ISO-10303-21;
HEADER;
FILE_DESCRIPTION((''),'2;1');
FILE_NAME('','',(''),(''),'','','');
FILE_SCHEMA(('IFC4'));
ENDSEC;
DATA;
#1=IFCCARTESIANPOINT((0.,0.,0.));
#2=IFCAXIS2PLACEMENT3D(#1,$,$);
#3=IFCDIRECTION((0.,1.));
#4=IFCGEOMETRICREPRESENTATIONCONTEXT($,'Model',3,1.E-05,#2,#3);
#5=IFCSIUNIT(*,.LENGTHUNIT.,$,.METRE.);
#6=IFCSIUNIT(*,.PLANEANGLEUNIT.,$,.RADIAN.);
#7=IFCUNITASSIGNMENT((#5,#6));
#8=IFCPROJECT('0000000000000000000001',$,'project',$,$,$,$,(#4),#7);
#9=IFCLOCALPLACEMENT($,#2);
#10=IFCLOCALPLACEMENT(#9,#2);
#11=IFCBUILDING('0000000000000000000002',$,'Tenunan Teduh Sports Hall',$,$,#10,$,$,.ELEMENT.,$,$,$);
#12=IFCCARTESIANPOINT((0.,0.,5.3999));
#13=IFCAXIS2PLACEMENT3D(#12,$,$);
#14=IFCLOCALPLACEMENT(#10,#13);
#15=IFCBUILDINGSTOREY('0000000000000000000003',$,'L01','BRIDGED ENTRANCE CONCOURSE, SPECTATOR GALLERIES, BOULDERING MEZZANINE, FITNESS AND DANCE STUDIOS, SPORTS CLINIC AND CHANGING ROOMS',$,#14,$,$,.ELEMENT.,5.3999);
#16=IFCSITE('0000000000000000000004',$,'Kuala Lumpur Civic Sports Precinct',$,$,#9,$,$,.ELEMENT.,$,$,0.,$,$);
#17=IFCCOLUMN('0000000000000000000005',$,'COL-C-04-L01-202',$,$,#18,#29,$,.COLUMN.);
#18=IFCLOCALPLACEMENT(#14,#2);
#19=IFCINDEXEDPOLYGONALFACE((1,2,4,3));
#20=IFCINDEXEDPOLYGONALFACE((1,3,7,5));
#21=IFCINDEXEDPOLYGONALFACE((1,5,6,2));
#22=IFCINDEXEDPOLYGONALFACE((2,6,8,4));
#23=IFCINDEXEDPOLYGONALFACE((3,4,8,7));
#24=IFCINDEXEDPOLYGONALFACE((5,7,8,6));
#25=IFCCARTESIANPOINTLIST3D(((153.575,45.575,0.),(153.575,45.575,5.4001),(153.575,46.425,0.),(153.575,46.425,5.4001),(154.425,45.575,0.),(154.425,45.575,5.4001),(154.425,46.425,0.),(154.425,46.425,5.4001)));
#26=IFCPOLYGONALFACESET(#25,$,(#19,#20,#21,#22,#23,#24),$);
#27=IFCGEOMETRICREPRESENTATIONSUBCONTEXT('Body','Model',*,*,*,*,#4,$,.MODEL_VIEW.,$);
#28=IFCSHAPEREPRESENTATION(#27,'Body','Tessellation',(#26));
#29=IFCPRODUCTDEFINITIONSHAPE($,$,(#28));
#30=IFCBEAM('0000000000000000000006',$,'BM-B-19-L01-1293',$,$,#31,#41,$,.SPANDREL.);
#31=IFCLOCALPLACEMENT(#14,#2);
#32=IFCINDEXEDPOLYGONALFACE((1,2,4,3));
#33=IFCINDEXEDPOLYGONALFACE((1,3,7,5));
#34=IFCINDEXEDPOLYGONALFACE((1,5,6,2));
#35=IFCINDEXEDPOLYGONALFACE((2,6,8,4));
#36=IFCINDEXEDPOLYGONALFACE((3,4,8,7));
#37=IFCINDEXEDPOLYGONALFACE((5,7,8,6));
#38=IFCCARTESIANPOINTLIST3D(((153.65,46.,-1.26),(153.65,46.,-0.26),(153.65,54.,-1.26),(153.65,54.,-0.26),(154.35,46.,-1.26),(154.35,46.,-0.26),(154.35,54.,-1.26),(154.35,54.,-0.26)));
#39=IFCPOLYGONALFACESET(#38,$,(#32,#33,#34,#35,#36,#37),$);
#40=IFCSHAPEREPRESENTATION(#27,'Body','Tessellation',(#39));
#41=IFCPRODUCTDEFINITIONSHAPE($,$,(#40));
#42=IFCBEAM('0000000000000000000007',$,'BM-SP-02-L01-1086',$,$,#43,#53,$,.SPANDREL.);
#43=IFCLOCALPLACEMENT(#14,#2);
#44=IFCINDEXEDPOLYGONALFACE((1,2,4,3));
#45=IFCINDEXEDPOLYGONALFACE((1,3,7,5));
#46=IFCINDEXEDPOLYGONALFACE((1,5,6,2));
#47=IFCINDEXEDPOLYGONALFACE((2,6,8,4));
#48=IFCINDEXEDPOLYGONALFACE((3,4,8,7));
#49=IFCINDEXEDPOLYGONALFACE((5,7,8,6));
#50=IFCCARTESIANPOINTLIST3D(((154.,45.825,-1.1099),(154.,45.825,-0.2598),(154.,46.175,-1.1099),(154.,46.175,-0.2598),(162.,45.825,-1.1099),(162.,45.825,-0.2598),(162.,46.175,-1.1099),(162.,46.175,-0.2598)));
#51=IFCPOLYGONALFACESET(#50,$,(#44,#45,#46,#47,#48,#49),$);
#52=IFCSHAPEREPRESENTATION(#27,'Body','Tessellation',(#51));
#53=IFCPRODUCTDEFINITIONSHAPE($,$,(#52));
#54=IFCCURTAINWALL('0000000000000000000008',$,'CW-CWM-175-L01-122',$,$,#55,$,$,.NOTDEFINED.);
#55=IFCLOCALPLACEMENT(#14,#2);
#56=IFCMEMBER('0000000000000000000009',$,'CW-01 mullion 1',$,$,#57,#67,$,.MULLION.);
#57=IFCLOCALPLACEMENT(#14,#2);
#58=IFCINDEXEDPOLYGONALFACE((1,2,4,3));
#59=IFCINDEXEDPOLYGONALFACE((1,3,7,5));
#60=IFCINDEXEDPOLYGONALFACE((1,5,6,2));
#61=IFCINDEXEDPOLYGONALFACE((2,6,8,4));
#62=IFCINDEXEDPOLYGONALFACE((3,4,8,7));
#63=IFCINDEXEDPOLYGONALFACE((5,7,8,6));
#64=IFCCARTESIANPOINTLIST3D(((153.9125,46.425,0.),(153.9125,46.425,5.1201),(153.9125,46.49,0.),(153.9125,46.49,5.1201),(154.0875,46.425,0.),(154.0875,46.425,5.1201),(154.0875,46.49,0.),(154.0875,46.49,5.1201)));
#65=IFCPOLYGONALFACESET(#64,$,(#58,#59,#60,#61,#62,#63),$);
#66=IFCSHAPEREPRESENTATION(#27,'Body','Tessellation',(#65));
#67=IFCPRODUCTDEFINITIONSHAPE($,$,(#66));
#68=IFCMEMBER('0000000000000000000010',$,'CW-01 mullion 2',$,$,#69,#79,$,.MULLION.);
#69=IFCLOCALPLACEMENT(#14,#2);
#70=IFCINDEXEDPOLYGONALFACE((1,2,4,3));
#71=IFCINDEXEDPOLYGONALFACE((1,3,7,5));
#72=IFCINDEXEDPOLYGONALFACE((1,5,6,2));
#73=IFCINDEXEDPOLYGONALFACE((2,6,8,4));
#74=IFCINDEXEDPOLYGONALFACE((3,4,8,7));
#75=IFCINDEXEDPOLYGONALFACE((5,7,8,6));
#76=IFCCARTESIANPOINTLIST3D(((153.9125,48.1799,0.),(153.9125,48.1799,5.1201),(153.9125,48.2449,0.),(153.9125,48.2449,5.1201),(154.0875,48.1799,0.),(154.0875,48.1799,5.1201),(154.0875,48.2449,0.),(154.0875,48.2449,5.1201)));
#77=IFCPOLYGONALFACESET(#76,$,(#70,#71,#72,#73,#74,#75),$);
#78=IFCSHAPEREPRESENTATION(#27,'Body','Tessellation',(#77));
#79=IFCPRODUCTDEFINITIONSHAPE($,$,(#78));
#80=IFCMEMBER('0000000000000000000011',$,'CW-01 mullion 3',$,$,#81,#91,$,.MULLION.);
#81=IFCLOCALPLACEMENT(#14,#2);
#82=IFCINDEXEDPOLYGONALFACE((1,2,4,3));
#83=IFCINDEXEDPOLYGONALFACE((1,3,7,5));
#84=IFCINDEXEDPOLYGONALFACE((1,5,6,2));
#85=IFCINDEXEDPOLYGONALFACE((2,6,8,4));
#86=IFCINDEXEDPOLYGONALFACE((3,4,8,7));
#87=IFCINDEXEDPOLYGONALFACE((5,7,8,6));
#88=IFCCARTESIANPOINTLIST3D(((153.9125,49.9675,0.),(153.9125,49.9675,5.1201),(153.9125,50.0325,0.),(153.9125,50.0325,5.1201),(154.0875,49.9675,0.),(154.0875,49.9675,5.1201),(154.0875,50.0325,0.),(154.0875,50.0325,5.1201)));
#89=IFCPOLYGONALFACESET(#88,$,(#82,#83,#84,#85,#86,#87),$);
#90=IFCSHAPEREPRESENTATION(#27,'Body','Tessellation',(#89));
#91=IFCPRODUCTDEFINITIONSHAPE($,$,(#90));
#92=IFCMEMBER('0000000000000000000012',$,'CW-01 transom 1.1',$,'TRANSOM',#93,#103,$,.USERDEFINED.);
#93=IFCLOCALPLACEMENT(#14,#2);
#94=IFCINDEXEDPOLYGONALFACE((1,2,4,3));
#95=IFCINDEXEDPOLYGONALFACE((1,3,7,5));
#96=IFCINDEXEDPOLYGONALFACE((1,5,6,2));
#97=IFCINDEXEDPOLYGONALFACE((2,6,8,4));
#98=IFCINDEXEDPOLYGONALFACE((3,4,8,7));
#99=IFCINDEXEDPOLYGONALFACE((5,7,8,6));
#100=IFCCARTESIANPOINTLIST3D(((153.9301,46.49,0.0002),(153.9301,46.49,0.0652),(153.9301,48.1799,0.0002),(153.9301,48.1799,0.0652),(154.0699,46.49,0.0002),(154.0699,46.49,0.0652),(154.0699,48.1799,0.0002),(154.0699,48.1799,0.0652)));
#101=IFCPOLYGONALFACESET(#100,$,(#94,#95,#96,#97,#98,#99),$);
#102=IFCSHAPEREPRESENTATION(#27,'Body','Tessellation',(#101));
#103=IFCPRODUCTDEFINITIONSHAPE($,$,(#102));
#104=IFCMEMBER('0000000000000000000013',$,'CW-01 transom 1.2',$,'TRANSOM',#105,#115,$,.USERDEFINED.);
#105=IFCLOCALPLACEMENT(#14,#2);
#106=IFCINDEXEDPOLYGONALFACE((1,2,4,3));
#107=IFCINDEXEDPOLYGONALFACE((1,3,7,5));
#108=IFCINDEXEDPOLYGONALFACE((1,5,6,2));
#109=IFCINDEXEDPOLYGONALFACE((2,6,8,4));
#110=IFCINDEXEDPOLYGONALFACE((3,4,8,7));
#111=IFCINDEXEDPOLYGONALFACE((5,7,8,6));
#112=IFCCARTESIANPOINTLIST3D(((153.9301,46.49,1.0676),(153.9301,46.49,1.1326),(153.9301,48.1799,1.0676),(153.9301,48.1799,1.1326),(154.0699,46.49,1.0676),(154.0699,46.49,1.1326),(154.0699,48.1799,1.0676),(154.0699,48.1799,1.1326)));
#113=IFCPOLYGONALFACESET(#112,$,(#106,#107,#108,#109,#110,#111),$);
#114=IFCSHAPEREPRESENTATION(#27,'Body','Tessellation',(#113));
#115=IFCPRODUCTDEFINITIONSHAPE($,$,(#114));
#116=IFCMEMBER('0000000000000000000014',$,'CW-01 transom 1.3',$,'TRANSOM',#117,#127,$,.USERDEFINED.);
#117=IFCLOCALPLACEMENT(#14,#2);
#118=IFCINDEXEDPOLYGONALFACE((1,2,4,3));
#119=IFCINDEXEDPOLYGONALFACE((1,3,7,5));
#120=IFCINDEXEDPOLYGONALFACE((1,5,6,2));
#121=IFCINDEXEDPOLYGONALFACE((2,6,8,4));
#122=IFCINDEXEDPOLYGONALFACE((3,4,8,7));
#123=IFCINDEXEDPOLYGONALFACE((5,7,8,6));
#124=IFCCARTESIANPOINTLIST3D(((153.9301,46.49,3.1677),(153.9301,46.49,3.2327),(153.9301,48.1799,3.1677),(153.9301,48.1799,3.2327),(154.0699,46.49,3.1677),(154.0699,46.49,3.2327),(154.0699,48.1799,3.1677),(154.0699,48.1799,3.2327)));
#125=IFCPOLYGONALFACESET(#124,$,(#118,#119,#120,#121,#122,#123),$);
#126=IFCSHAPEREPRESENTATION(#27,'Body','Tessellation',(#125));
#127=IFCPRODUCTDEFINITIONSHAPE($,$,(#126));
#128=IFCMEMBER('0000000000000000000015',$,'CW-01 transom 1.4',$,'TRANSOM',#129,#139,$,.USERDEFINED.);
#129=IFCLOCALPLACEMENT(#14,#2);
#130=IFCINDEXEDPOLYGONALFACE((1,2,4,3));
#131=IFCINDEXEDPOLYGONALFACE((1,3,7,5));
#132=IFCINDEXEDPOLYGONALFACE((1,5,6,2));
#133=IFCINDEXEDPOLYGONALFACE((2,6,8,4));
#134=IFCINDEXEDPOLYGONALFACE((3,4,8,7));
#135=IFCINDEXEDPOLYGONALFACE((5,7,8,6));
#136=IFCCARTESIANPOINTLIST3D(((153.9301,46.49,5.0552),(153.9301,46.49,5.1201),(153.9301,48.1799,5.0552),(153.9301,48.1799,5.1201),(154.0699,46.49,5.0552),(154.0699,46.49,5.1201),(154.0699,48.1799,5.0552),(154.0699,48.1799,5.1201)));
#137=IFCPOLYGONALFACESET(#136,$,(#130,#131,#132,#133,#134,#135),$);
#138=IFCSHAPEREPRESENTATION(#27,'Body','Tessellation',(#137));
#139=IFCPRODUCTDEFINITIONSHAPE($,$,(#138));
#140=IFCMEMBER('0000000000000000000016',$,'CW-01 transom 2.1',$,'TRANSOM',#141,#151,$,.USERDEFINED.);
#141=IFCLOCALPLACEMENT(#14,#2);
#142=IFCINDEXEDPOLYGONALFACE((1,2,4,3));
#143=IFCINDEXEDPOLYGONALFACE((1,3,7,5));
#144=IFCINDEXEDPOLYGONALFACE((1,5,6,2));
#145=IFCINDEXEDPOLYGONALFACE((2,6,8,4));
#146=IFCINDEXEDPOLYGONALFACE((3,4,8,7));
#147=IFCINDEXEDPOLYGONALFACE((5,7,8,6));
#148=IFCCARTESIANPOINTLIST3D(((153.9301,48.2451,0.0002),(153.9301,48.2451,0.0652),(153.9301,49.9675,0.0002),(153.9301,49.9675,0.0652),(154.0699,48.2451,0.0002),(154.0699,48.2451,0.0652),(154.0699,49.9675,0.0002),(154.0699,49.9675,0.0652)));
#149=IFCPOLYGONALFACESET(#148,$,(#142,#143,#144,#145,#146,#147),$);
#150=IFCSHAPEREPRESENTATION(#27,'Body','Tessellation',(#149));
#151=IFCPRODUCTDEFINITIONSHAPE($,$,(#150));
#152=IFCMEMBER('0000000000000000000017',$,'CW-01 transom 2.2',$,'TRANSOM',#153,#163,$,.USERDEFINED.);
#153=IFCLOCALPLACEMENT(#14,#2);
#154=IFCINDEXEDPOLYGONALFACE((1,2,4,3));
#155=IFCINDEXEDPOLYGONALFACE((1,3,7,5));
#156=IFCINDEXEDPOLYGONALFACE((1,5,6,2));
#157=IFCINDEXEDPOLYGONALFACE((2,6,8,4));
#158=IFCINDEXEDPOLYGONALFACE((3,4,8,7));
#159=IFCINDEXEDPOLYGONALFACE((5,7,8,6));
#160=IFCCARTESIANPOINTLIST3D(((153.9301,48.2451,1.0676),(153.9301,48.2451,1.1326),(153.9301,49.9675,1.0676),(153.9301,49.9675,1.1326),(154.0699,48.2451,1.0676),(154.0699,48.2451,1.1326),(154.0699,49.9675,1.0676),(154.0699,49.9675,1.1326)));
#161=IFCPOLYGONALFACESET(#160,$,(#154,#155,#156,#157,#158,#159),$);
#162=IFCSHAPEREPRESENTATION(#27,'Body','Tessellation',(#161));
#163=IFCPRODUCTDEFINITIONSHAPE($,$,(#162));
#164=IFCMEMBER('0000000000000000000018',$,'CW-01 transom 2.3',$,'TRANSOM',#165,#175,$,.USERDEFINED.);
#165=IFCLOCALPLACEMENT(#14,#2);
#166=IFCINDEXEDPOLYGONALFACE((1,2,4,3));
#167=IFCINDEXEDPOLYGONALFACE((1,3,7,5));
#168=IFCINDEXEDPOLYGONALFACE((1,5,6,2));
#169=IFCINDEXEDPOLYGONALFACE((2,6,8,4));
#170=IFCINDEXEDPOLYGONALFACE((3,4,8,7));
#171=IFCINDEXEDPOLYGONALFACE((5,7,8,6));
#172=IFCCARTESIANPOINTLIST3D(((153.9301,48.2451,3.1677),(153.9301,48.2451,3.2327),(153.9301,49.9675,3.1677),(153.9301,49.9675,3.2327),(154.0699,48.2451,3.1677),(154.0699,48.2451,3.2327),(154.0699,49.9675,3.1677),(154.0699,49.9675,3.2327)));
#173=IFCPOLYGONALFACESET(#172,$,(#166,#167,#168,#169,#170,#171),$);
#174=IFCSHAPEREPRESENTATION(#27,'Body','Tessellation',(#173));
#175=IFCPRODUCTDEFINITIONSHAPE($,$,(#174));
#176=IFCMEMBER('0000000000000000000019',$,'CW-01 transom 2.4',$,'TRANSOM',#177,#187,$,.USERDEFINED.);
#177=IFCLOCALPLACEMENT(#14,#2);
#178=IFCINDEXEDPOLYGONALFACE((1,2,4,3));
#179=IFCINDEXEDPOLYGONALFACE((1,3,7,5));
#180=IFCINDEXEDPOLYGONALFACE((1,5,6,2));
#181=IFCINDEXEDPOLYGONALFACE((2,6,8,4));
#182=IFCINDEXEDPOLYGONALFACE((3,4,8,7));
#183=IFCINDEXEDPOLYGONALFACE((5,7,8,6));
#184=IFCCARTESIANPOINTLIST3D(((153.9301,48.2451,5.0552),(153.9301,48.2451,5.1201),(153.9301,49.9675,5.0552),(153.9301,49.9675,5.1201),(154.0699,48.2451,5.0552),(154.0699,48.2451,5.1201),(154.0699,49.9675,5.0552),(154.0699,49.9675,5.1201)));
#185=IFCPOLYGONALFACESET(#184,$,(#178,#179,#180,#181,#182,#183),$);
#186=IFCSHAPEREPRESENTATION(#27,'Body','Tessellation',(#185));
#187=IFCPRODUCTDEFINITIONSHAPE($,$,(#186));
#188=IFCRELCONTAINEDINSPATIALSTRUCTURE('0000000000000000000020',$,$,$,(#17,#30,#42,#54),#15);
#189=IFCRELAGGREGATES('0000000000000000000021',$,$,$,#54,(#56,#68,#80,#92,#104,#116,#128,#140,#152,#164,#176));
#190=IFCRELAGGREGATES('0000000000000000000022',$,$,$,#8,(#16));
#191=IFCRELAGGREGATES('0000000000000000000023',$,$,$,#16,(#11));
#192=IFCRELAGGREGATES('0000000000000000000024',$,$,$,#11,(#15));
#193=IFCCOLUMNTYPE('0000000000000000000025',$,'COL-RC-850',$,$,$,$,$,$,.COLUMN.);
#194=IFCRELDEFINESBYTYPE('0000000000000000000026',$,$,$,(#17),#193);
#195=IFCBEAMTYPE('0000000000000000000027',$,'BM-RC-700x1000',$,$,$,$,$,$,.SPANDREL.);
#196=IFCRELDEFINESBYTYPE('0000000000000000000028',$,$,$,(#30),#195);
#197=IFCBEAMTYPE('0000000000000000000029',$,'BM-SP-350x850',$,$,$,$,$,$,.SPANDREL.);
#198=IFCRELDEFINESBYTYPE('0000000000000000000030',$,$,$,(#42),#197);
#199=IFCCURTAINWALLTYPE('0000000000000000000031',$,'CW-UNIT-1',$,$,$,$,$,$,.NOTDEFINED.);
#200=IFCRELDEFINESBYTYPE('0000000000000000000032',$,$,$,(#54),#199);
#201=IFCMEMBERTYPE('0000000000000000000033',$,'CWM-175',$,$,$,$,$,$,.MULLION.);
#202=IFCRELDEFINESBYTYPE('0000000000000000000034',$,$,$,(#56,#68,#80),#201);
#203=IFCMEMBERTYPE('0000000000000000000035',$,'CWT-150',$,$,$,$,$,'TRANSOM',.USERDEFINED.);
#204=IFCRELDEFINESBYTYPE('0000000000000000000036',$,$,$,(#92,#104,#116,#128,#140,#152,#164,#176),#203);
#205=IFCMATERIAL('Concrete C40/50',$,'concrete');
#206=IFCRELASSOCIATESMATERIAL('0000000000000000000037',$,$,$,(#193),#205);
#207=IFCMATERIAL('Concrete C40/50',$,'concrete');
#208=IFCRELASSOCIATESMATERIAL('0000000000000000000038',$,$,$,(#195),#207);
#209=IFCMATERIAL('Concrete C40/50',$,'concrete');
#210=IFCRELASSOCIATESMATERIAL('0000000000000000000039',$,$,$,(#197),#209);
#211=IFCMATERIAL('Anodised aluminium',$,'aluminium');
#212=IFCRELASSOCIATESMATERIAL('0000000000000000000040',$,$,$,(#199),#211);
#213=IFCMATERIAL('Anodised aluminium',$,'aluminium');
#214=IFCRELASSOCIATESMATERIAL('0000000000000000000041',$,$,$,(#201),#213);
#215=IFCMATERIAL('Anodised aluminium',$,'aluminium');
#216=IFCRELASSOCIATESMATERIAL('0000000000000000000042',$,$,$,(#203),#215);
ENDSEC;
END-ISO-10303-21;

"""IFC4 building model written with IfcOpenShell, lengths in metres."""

from ifc_helpers import new_model, si_unit, direction, frame, origin, origin_2d, place, context, subcontext, project, spatial, rectangle, extrude, material, material_profile, profile_set, type_object, element, aggregate, save


model = new_model("IFC4")

# Units and contexts
model_context = context("Model", 3, precision=1e-05, world=origin(), true_north=direction((0.0, 1.0)))
body_context = subcontext(model_context, "Body", "Model", "MODEL_VIEW")
ifc_project = project(units=[si_unit("LENGTHUNIT", "METRE"), si_unit("PLANEANGLEUNIT", "RADIAN")], contexts=[model_context])

# Site, building, storey
site_placement = place(None, origin())
site = spatial("IfcSite", under=ifc_project, at=site_placement, Name="Kuala Lumpur Civic Sports Precinct", CompositionType="ELEMENT", RefElevation=0.0)
building_placement = place(site_placement, origin())
building = spatial("IfcBuilding", under=site, at=building_placement, Name="Tenunan Teduh Sports Hall", CompositionType="ELEMENT")
storey_placement = place(building_placement, frame((0.0, 0.0, 5.3999)))
storey = spatial("IfcBuildingStorey", under=building, at=storey_placement, Name="L01", Description="BRIDGED ENTRANCE CONCOURSE, SPECTATOR GALLERIES, BOULDERING MEZZANINE, FITNESS AND DANCE STUDIOS, SPORTS CLINIC AND CHANGING ROOMS", CompositionType="ELEMENT", Elevation=5.3999)

# Column
ifc_material_1 = material(Name="Concrete C40/50", Category="concrete")
ifc_material_profile_1 = material_profile(ifc_material_1, rectangle(XDim=0.8501, YDim=0.8501, at=origin_2d()), Name="RC 850x850")
ifc_profile_set_1 = profile_set([ifc_material_profile_1], Name="Concrete C40/50")
column_type = type_object("IfcColumnType", Name="COL-RC-850", PredefinedType="COLUMN", material=ifc_profile_set_1)
column_placement = place(storey_placement, frame((154.0, 46.0, 0.0), z_axis=(0.0, 0.0, 1.0), x_axis=(1.0, 0.0, 0.0)))
element("IfcColumn", 1, at=column_placement, inside=storey, type_object=column_type, Name="COL-C-04-L01-202", PredefinedType="COLUMN", context=body_context, shape_type="SweptSolid", body=[
    extrude(rectangle(XDim=0.8501, YDim=0.8501, at=origin_2d()), origin(), (0.0, 0.0, 1.0), 5.4001),
])

# Beams
ifc_material_2 = material(Name="Concrete C40/50", Category="concrete")
ifc_material_profile_2 = material_profile(ifc_material_2, rectangle(XDim=0.7, YDim=1.0, at=origin_2d()), Name="RCB 700x1000")
ifc_profile_set_2 = profile_set([ifc_material_profile_2], Name="Concrete C40/50")
beam_type_1 = type_object("IfcBeamType", Name="BM-RC-700x1000", PredefinedType="SPANDREL", material=ifc_profile_set_2)
beam_1_placement = place(storey_placement, frame((154.0, 46.0, -0.76), z_axis=(0.0, 1.0, 0.0), x_axis=(-1.0, 0.0, 0.0)))
element("IfcBeam", 2, at=beam_1_placement, inside=storey, type_object=beam_type_1, Name="BM-B-19-L01-1293", PredefinedType="SPANDREL", context=body_context, shape_type="SweptSolid", body=[
    extrude(rectangle(XDim=0.7, YDim=1.0, at=origin_2d()), origin(), (0.0, 0.0, 1.0), 8.0),
])
ifc_material_3 = material(Name="Concrete C40/50", Category="concrete")
ifc_material_profile_3 = material_profile(ifc_material_3, rectangle(XDim=0.3501, YDim=0.8501, at=origin_2d()), Name="SPB 350x850")
ifc_profile_set_3 = profile_set([ifc_material_profile_3], Name="Concrete C40/50")
beam_type_2 = type_object("IfcBeamType", Name="BM-SP-350x850", PredefinedType="SPANDREL", material=ifc_profile_set_3)
beam_2_placement = place(storey_placement, frame((154.0, 46.0, -0.6848), z_axis=(1.0, 0.0, 0.0), x_axis=(0.0, 1.0, 0.0)))
element("IfcBeam", 3, at=beam_2_placement, inside=storey, type_object=beam_type_2, Name="BM-SP-02-L01-1086", PredefinedType="SPANDREL", context=body_context, shape_type="SweptSolid", body=[
    extrude(rectangle(XDim=0.3501, YDim=0.8501, at=origin_2d()), origin(), (0.0, 0.0, 1.0), 8.0),
])

# Curtain wall, members
ifc_material_4 = material(Name="Anodised aluminium", Category="aluminium")
curtain_wall_type = type_object("IfcCurtainWallType", Name="CW-UNIT-1", PredefinedType="NOTDEFINED", material=ifc_material_4)
curtain_wall_placement = place(storey_placement, origin())
curtain_wall = element("IfcCurtainWall", 4, at=curtain_wall_placement, inside=storey, type_object=curtain_wall_type, Name="CW-CWM-175-L01-122", PredefinedType="NOTDEFINED")
ifc_material_5 = material(Name="Anodised aluminium", Category="aluminium")
ifc_material_profile_4 = material_profile(ifc_material_5, rectangle(XDim=0.0649, YDim=0.175, at=origin_2d()), Name="CWM 65x175")
ifc_profile_set_4 = profile_set([ifc_material_profile_4], Name="Anodised aluminium")
member_type_1 = type_object("IfcMemberType", Name="CWM-175", PredefinedType="MULLION", material=ifc_profile_set_4)
member_1_placement = place(storey_placement, frame((154.0, 46.4575, 0.0), z_axis=(0.0, 0.0, 1.0), x_axis=(0.0, 1.0, 0.0)))
member_1 = element("IfcMember", 5, at=member_1_placement, type_object=member_type_1, Name="CW-01 mullion 1", PredefinedType="MULLION", context=body_context, shape_type="SweptSolid", body=[
    extrude(rectangle(XDim=0.0649, YDim=0.175, at=origin_2d()), origin(), (0.0, 0.0, 1.0), 5.1201),
])
member_2_placement = place(storey_placement, frame((154.0, 48.2124, 0.0), z_axis=(0.0, 0.0, 1.0), x_axis=(0.0, 1.0, 0.0)))
member_2 = element("IfcMember", 6, at=member_2_placement, type_object=member_type_1, Name="CW-01 mullion 2", PredefinedType="MULLION", context=body_context, shape_type="SweptSolid", body=[
    extrude(rectangle(XDim=0.0649, YDim=0.175, at=origin_2d()), origin(), (0.0, 0.0, 1.0), 5.1201),
])
member_3_placement = place(storey_placement, frame((154.0, 50.0, 0.0), z_axis=(0.0, 0.0, 1.0), x_axis=(0.0, 1.0, 0.0)))
member_3 = element("IfcMember", 7, at=member_3_placement, type_object=member_type_1, Name="CW-01 mullion 3", PredefinedType="MULLION", context=body_context, shape_type="SweptSolid", body=[
    extrude(rectangle(XDim=0.0649, YDim=0.175, at=origin_2d()), origin(), (0.0, 0.0, 1.0), 5.1201),
])
ifc_material_6 = material(Name="Anodised aluminium", Category="aluminium")
ifc_material_profile_5 = material_profile(ifc_material_6, rectangle(XDim=0.0649, YDim=0.1399, at=origin_2d()), Name="CWT 65x140")
ifc_profile_set_5 = profile_set([ifc_material_profile_5], Name="Anodised aluminium")
member_type_2 = type_object("IfcMemberType", Name="CWT-150", ElementType="TRANSOM", PredefinedType="USERDEFINED", material=ifc_profile_set_5)
member_4_placement = place(storey_placement, frame((154.0, 46.49, 0.0327), z_axis=(0.0, 1.0, 0.0), x_axis=(0.0, 0.0, 1.0)))
member_4 = element("IfcMember", 8, at=member_4_placement, type_object=member_type_2, Name="CW-01 transom 1.1", ObjectType="TRANSOM", PredefinedType="USERDEFINED", context=body_context, shape_type="SweptSolid", body=[
    extrude(rectangle(XDim=0.0649, YDim=0.1399, at=origin_2d()), origin(), (0.0, 0.0, 1.0), 1.6899),
])
member_5_placement = place(storey_placement, frame((154.0, 46.49, 1.1001), z_axis=(0.0, 1.0, 0.0), x_axis=(0.0, 0.0, 1.0)))
member_5 = element("IfcMember", 9, at=member_5_placement, type_object=member_type_2, Name="CW-01 transom 1.2", ObjectType="TRANSOM", PredefinedType="USERDEFINED", context=body_context, shape_type="SweptSolid", body=[
    extrude(rectangle(XDim=0.0649, YDim=0.1399, at=origin_2d()), origin(), (0.0, 0.0, 1.0), 1.6899),
])
member_6_placement = place(storey_placement, frame((154.0, 46.49, 3.2002), z_axis=(0.0, 1.0, 0.0), x_axis=(0.0, 0.0, 1.0)))
member_6 = element("IfcMember", 10, at=member_6_placement, type_object=member_type_2, Name="CW-01 transom 1.3", ObjectType="TRANSOM", PredefinedType="USERDEFINED", context=body_context, shape_type="SweptSolid", body=[
    extrude(rectangle(XDim=0.0649, YDim=0.1399, at=origin_2d()), origin(), (0.0, 0.0, 1.0), 1.6899),
])
member_7_placement = place(storey_placement, frame((154.0, 46.49, 5.0876), z_axis=(0.0, 1.0, 0.0), x_axis=(0.0, 0.0, 1.0)))
member_7 = element("IfcMember", 11, at=member_7_placement, type_object=member_type_2, Name="CW-01 transom 1.4", ObjectType="TRANSOM", PredefinedType="USERDEFINED", context=body_context, shape_type="SweptSolid", body=[
    extrude(rectangle(XDim=0.0649, YDim=0.1399, at=origin_2d()), origin(), (0.0, 0.0, 1.0), 1.6899),
])
member_8_placement = place(storey_placement, frame((154.0, 48.2451, 0.0327), z_axis=(0.0, 1.0, 0.0), x_axis=(0.0, 0.0, 1.0)))
member_8 = element("IfcMember", 12, at=member_8_placement, type_object=member_type_2, Name="CW-01 transom 2.1", ObjectType="TRANSOM", PredefinedType="USERDEFINED", context=body_context, shape_type="SweptSolid", body=[
    extrude(rectangle(XDim=0.0649, YDim=0.1399, at=origin_2d()), origin(), (0.0, 0.0, 1.0), 1.7224),
])
member_9_placement = place(storey_placement, frame((154.0, 48.2451, 1.1001), z_axis=(0.0, 1.0, 0.0), x_axis=(0.0, 0.0, 1.0)))
member_9 = element("IfcMember", 13, at=member_9_placement, type_object=member_type_2, Name="CW-01 transom 2.2", ObjectType="TRANSOM", PredefinedType="USERDEFINED", context=body_context, shape_type="SweptSolid", body=[
    extrude(rectangle(XDim=0.0649, YDim=0.1399, at=origin_2d()), origin(), (0.0, 0.0, 1.0), 1.7224),
])
member_10_placement = place(storey_placement, frame((154.0, 48.2451, 3.2002), z_axis=(0.0, 1.0, 0.0), x_axis=(0.0, 0.0, 1.0)))
member_10 = element("IfcMember", 14, at=member_10_placement, type_object=member_type_2, Name="CW-01 transom 2.3", ObjectType="TRANSOM", PredefinedType="USERDEFINED", context=body_context, shape_type="SweptSolid", body=[
    extrude(rectangle(XDim=0.0649, YDim=0.1399, at=origin_2d()), origin(), (0.0, 0.0, 1.0), 1.7224),
])
member_11_placement = place(storey_placement, frame((154.0, 48.2451, 5.0876), z_axis=(0.0, 1.0, 0.0), x_axis=(0.0, 0.0, 1.0)))
member_11 = element("IfcMember", 15, at=member_11_placement, type_object=member_type_2, Name="CW-01 transom 2.4", ObjectType="TRANSOM", PredefinedType="USERDEFINED", context=body_context, shape_type="SweptSolid", body=[
    extrude(rectangle(XDim=0.0649, YDim=0.1399, at=origin_2d()), origin(), (0.0, 0.0, 1.0), 1.7224),
])

aggregate(curtain_wall, [member_1, member_2, member_3, member_4, member_5, member_6, member_7, member_8, member_9, member_10, member_11])

save(model, "model.ifc")
